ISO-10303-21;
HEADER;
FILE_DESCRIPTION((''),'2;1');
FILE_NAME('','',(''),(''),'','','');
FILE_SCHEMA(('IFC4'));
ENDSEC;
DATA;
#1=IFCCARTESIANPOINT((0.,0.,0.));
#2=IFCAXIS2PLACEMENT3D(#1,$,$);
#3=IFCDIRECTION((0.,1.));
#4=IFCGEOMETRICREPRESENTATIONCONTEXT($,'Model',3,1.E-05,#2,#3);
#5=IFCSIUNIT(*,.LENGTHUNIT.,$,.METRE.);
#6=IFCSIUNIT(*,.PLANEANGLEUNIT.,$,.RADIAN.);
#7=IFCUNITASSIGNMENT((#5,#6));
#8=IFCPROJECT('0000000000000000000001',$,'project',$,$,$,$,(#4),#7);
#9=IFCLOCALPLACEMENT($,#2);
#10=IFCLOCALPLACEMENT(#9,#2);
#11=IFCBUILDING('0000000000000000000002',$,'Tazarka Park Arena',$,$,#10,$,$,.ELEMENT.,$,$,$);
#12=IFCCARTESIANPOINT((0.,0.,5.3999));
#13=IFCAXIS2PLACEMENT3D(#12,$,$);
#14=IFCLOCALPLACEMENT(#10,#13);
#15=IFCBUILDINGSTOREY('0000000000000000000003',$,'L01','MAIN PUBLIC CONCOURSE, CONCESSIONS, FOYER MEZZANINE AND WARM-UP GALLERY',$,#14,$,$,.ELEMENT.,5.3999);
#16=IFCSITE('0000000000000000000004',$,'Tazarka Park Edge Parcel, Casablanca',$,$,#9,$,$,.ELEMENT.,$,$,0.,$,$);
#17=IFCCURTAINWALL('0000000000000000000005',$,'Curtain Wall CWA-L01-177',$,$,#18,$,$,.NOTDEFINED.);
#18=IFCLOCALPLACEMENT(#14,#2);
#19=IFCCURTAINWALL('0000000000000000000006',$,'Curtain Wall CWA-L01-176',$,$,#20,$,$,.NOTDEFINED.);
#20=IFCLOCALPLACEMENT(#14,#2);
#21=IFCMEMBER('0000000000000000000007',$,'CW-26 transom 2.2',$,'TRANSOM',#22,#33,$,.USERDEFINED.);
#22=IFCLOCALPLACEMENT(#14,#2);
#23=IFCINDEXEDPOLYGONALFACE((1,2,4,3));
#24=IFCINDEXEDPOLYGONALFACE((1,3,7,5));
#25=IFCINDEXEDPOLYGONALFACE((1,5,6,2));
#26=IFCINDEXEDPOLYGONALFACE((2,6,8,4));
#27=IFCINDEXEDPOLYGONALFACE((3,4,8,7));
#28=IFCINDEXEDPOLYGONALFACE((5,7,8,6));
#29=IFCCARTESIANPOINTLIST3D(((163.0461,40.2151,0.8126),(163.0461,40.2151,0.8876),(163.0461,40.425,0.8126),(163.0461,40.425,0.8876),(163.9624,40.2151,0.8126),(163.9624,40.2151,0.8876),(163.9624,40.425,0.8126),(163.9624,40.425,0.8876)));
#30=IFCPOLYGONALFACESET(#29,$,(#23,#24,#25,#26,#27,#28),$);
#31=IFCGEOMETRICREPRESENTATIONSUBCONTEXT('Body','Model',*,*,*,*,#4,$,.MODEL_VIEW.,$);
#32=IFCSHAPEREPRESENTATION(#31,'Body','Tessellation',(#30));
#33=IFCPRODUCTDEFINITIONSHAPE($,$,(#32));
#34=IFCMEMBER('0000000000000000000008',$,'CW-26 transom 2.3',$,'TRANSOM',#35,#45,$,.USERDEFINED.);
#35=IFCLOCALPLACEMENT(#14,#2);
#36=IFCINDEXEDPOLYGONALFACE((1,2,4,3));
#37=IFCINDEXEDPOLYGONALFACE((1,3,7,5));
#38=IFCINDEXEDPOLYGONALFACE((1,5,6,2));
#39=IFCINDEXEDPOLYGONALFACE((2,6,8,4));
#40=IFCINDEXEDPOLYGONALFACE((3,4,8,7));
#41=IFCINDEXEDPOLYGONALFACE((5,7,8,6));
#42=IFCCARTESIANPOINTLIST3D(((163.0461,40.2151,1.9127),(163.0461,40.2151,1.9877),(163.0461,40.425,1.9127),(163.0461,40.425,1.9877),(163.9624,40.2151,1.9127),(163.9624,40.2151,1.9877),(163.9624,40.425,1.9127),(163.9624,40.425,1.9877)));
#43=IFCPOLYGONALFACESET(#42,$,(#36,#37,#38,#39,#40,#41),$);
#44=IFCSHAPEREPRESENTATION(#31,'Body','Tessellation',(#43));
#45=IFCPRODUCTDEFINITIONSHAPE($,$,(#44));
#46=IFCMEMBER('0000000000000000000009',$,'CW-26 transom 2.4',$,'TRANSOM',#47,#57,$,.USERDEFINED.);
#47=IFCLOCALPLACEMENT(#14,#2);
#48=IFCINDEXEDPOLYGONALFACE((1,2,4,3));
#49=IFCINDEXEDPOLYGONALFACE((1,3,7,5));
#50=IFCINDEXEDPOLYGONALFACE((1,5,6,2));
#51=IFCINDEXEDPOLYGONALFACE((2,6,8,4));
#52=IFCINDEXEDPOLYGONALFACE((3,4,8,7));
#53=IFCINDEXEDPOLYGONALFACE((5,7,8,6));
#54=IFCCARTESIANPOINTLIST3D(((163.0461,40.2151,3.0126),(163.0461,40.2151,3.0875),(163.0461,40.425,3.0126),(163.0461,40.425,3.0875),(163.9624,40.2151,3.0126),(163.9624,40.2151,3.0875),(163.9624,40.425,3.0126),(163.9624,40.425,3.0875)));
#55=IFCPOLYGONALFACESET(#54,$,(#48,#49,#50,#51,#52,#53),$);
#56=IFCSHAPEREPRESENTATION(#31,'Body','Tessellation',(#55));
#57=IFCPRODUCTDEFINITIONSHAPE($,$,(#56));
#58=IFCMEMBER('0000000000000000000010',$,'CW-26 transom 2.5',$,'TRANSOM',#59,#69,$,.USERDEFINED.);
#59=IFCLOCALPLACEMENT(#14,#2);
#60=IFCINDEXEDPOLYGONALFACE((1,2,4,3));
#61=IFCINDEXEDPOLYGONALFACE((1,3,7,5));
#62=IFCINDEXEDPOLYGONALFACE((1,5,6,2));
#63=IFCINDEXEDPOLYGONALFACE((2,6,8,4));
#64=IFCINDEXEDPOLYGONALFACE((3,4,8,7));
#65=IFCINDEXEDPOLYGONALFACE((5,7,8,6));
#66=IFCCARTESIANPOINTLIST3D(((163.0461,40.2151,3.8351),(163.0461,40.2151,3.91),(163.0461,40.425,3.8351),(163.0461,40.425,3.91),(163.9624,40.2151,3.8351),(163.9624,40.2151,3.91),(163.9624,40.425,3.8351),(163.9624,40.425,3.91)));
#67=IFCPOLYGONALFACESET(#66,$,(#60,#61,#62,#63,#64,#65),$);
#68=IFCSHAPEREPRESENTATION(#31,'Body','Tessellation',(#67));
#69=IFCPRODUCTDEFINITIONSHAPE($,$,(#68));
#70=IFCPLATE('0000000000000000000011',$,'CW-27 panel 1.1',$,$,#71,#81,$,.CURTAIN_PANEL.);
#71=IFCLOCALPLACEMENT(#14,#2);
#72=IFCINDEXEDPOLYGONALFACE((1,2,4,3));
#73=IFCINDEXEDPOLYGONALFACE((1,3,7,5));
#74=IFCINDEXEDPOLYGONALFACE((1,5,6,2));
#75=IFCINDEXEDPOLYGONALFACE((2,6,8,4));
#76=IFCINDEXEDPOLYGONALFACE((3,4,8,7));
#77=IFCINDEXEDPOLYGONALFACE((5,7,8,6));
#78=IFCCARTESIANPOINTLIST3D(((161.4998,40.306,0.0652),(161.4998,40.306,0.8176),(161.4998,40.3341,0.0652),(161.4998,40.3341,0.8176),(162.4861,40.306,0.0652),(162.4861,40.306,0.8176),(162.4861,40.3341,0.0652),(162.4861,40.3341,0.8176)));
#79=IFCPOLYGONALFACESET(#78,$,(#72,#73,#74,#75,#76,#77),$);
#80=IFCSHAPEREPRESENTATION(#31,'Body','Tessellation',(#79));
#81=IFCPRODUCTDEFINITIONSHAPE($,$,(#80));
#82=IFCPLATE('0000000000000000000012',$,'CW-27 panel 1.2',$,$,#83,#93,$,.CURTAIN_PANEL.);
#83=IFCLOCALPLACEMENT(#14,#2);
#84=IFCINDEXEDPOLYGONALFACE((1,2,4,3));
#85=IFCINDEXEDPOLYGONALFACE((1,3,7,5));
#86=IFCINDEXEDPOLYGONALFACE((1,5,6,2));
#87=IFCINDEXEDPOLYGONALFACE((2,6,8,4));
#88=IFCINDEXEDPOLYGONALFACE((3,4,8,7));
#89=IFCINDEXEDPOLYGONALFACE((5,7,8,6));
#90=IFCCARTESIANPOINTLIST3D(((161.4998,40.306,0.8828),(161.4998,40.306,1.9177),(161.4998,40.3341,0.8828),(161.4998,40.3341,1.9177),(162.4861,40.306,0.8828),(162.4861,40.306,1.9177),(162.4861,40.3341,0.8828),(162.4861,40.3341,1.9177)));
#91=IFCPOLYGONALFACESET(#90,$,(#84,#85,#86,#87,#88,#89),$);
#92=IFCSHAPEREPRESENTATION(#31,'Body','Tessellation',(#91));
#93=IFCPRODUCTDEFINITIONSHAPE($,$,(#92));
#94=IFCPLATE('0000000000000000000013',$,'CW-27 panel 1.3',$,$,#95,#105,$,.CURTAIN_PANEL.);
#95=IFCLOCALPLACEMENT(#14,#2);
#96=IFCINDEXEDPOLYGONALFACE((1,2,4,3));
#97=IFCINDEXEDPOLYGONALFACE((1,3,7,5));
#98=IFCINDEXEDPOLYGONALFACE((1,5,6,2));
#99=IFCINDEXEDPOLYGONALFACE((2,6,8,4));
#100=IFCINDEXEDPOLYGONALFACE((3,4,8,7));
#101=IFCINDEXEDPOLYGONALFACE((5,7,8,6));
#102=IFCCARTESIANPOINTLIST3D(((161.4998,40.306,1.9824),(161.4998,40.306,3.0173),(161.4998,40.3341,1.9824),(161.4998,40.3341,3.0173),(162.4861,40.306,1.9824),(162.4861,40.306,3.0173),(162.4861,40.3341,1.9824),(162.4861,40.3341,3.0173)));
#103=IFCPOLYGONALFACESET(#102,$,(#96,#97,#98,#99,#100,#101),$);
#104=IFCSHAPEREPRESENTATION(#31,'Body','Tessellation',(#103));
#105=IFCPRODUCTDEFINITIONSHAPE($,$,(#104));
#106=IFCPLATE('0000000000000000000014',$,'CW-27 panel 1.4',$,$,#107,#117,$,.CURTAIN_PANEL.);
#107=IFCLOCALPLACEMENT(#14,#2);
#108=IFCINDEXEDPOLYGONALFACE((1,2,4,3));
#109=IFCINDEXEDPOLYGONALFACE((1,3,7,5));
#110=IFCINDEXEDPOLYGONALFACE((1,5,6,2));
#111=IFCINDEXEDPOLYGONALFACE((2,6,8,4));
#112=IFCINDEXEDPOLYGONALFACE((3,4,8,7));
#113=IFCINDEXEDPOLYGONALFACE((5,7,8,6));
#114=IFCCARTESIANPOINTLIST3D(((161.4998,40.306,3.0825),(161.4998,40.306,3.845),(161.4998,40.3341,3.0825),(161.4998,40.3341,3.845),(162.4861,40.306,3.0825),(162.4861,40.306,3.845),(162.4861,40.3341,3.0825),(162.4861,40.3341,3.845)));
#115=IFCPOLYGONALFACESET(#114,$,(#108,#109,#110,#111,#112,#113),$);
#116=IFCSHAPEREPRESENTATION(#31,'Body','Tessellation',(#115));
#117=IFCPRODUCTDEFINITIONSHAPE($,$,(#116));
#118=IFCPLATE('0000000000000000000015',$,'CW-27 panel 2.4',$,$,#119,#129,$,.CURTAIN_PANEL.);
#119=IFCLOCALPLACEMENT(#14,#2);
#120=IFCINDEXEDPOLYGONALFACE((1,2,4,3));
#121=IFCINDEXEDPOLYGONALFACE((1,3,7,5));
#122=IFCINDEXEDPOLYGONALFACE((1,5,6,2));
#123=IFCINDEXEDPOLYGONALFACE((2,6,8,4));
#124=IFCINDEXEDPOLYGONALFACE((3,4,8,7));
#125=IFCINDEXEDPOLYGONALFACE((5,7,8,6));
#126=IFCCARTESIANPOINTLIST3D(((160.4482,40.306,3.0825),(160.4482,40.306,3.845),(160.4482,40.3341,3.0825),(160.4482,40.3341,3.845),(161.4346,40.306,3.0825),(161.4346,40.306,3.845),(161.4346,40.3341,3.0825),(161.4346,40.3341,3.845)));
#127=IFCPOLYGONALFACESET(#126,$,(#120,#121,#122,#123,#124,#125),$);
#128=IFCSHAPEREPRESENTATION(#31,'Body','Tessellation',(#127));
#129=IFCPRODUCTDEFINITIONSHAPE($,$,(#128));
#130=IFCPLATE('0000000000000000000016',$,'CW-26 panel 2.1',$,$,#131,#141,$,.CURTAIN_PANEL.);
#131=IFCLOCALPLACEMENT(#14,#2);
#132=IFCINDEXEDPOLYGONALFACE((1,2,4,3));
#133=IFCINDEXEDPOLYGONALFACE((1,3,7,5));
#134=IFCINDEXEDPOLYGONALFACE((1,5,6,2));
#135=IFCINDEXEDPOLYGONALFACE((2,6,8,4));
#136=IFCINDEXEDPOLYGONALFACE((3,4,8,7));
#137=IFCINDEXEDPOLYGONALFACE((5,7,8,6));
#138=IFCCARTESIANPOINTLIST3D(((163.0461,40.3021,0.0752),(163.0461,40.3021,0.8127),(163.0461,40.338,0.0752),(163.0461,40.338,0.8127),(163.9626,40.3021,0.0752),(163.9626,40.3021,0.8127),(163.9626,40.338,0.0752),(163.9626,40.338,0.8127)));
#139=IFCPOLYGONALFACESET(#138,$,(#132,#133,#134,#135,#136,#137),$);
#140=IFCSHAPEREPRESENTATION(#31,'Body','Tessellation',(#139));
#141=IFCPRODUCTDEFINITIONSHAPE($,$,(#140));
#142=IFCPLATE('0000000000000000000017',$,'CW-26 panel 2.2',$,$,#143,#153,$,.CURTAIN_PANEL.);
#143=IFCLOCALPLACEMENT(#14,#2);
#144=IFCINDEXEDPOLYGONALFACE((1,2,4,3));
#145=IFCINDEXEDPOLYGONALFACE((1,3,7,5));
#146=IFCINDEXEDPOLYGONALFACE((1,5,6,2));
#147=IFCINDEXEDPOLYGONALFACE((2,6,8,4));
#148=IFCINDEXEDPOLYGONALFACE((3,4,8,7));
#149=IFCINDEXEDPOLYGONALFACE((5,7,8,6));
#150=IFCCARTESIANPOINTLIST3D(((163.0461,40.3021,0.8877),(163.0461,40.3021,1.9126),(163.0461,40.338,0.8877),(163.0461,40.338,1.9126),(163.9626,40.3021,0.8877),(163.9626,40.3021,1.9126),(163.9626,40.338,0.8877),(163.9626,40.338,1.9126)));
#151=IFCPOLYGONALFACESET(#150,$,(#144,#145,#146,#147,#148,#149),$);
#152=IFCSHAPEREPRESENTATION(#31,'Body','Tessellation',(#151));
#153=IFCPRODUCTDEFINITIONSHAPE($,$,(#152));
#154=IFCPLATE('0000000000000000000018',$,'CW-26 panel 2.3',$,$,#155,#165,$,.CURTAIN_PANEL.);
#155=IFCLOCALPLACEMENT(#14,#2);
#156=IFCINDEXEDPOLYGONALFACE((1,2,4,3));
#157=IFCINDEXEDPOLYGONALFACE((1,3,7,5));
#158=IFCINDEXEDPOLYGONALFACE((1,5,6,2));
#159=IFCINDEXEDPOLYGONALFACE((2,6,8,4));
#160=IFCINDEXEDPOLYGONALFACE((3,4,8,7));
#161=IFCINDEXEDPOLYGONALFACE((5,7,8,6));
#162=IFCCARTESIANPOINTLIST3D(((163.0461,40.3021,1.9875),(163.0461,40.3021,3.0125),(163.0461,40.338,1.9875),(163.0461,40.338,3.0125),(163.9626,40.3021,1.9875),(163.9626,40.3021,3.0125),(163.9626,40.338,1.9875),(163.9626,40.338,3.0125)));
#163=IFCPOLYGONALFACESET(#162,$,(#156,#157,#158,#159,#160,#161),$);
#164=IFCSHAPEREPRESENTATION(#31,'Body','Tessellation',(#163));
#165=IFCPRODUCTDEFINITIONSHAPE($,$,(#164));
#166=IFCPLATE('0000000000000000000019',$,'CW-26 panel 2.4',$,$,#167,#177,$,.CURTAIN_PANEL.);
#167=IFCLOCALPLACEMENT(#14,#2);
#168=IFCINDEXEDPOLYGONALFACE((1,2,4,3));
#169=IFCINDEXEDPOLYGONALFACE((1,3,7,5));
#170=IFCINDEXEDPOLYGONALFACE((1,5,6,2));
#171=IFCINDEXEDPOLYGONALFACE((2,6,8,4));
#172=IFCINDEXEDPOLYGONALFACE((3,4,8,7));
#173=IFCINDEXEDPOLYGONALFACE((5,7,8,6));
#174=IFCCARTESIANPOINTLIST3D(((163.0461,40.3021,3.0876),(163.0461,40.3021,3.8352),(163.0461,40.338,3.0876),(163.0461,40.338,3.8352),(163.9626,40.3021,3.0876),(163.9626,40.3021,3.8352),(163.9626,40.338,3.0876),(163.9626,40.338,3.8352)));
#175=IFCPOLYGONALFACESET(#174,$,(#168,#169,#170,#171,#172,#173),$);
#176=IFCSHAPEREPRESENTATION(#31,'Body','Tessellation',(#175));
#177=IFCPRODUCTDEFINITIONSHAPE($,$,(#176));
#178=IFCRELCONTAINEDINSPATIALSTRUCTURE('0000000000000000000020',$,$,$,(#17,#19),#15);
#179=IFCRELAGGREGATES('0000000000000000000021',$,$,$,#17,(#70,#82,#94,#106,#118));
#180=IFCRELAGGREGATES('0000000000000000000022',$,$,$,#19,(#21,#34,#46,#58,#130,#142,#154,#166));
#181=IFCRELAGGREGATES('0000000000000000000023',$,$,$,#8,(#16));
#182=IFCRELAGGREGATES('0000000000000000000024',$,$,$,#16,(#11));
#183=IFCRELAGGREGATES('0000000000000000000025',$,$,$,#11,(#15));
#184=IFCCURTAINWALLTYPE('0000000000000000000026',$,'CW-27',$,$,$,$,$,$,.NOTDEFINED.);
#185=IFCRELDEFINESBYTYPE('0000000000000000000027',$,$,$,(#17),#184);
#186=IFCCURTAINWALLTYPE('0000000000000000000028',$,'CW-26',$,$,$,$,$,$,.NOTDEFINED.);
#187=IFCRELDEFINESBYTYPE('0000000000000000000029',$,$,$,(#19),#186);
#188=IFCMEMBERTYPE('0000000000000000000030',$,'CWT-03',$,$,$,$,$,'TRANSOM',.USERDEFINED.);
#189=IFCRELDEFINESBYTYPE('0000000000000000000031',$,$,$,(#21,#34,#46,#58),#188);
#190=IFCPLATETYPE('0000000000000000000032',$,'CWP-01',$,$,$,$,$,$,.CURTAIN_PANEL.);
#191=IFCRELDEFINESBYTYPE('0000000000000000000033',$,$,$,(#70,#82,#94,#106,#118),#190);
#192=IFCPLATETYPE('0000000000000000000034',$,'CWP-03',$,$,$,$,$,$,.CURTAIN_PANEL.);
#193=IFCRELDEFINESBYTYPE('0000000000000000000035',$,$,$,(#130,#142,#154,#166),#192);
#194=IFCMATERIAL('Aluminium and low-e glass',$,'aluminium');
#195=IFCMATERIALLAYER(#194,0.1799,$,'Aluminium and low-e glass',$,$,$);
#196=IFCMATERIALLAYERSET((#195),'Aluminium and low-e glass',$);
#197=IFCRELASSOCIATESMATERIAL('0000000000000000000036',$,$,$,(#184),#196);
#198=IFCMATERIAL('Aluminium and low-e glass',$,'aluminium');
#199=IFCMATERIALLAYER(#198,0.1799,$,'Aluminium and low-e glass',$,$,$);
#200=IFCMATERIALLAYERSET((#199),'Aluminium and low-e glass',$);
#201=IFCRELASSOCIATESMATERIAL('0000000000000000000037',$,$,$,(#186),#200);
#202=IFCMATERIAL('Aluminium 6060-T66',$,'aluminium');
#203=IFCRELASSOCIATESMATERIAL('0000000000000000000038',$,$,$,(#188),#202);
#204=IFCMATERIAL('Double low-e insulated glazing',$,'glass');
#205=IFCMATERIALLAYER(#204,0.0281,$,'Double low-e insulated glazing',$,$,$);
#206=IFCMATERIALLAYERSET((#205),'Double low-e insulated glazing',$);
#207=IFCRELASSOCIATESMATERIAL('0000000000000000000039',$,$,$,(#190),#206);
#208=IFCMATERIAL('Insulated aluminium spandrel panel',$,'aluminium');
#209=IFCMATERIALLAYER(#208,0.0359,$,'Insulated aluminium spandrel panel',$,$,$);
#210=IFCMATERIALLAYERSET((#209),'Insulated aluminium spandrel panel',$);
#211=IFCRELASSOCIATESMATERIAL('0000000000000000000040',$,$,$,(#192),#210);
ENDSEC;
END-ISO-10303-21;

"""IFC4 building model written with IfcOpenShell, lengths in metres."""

from ifc_helpers import new_model, si_unit, direction, frame, origin, origin_2d, place, context, subcontext, project, spatial, rectangle, extrude, material, layer, layer_set, material_profile, profile_set, type_object, element, aggregate, save


model = new_model("IFC4")

# Units and contexts
model_context = context("Model", 3, precision=1e-05, world=origin(), true_north=direction((0.0, 1.0)))
body_context = subcontext(model_context, "Body", "Model", "MODEL_VIEW")
ifc_project = project(units=[si_unit("LENGTHUNIT", "METRE"), si_unit("PLANEANGLEUNIT", "RADIAN")], contexts=[model_context])

# Site, building, storey
site_placement = place(None, origin())
site = spatial("IfcSite", under=ifc_project, at=site_placement, Name="Tazarka Park Edge Parcel, Casablanca", CompositionType="ELEMENT", RefElevation=0.0)
building_placement = place(site_placement, origin())
building = spatial("IfcBuilding", under=site, at=building_placement, Name="Tazarka Park Arena", CompositionType="ELEMENT")
storey_placement = place(building_placement, frame((0.0, 0.0, 5.3999)))
storey = spatial("IfcBuildingStorey", under=building, at=storey_placement, Name="L01", Description="MAIN PUBLIC CONCOURSE, CONCESSIONS, FOYER MEZZANINE AND WARM-UP GALLERY", CompositionType="ELEMENT", Elevation=5.3999)

# Curtain wall
ifc_material_1 = material(Name="Aluminium and low-e glass", Category="aluminium")
ifc_layer_1 = layer(ifc_material_1, 0.1799, Name="Aluminium and low-e glass")
ifc_layer_set_1 = layer_set([ifc_layer_1], Name="Aluminium and low-e glass")
curtain_wall_type_1 = type_object("IfcCurtainWallType", Name="CW-27", PredefinedType="NOTDEFINED", material=ifc_layer_set_1)
curtain_wall_1_placement = place(storey_placement, origin())
curtain_wall_1 = element("IfcCurtainWall", 1, at=curtain_wall_1_placement, inside=storey, type_object=curtain_wall_type_1, Name="Curtain Wall CWA-L01-177", PredefinedType="NOTDEFINED")

# Curtain wall
ifc_material_2 = material(Name="Aluminium and low-e glass", Category="aluminium")
ifc_layer_2 = layer(ifc_material_2, 0.1799, Name="Aluminium and low-e glass")
ifc_layer_set_2 = layer_set([ifc_layer_2], Name="Aluminium and low-e glass")
curtain_wall_type_2 = type_object("IfcCurtainWallType", Name="CW-26", PredefinedType="NOTDEFINED", material=ifc_layer_set_2)
curtain_wall_2_placement = place(storey_placement, origin())
curtain_wall_2 = element("IfcCurtainWall", 2, at=curtain_wall_2_placement, inside=storey, type_object=curtain_wall_type_2, Name="Curtain Wall CWA-L01-176", PredefinedType="NOTDEFINED")

# Members
ifc_material_3 = material(Name="Aluminium 6060-T66", Category="aluminium")
ifc_material_profile_1 = material_profile(ifc_material_3, rectangle(XDim=0.21, YDim=0.075, at=origin_2d()), Name="Aluminium 6060-T66")
ifc_profile_set_1 = profile_set([ifc_material_profile_1], Name="Aluminium 6060-T66")
member_type_1 = type_object("IfcMemberType", Name="CWT-03", ElementType="TRANSOM", PredefinedType="USERDEFINED", material=ifc_profile_set_1)
member_1_placement = place(storey_placement, frame((163.9624, 40.3201, 0.8501), z_axis=(-1.0, 0.0, 0.0), x_axis=(0.0, -1.0, 0.0)))
member_1 = element("IfcMember", 3, at=member_1_placement, type_object=member_type_1, Name="CW-26 transom 2.2", ObjectType="TRANSOM", PredefinedType="USERDEFINED", context=body_context, shape_type="SweptSolid", body=[
    extrude(rectangle(XDim=0.21, YDim=0.075, at=origin_2d()), origin(), (0.0, 0.0, 1.0), 0.9163),
])
member_2_placement = place(storey_placement, frame((163.9624, 40.3201, 1.9502), z_axis=(-1.0, 0.0, 0.0), x_axis=(0.0, -1.0, 0.0)))
member_2 = element("IfcMember", 4, at=member_2_placement, type_object=member_type_1, Name="CW-26 transom 2.3", ObjectType="TRANSOM", PredefinedType="USERDEFINED", context=body_context, shape_type="SweptSolid", body=[
    extrude(rectangle(XDim=0.21, YDim=0.075, at=origin_2d()), origin(), (0.0, 0.0, 1.0), 0.9163),
])
member_3_placement = place(storey_placement, frame((163.9624, 40.3201, 3.05), z_axis=(-1.0, 0.0, 0.0), x_axis=(0.0, -1.0, 0.0)))
member_3 = element("IfcMember", 5, at=member_3_placement, type_object=member_type_1, Name="CW-26 transom 2.4", ObjectType="TRANSOM", PredefinedType="USERDEFINED", context=body_context, shape_type="SweptSolid", body=[
    extrude(rectangle(XDim=0.21, YDim=0.075, at=origin_2d()), origin(), (0.0, 0.0, 1.0), 0.9163),
])
member_4_placement = place(storey_placement, frame((163.9624, 40.3201, 3.8726), z_axis=(-1.0, 0.0, 0.0), x_axis=(0.0, -1.0, 0.0)))
member_4 = element("IfcMember", 6, at=member_4_placement, type_object=member_type_1, Name="CW-26 transom 2.5", ObjectType="TRANSOM", PredefinedType="USERDEFINED", context=body_context, shape_type="SweptSolid", body=[
    extrude(rectangle(XDim=0.21, YDim=0.075, at=origin_2d()), origin(), (0.0, 0.0, 1.0), 0.9163),
])

# Plates
ifc_material_4 = material(Name="Double low-e insulated glazing", Category="glass")
ifc_layer_3 = layer(ifc_material_4, 0.0281, Name="Double low-e insulated glazing")
ifc_layer_set_3 = layer_set([ifc_layer_3], Name="Double low-e insulated glazing")
plate_type_1 = type_object("IfcPlateType", Name="CWP-01", PredefinedType="CURTAIN_PANEL", material=ifc_layer_set_3)
plate_1_placement = place(storey_placement, frame((161.9929, 40.3201, 0.0652), z_axis=(0.0, 0.0, 1.0), x_axis=(-1.0, 0.0, 0.0)))
plate_1 = element("IfcPlate", 7, at=plate_1_placement, type_object=plate_type_1, Name="CW-27 panel 1.1", PredefinedType="CURTAIN_PANEL", context=body_context, shape_type="SweptSolid", body=[
    extrude(rectangle(XDim=0.9863, YDim=0.0281, at=origin_2d()), origin(), (0.0, 0.0, 1.0), 0.7524),
])
plate_2_placement = place(storey_placement, frame((161.9929, 40.3201, 0.8828), z_axis=(0.0, 0.0, 1.0), x_axis=(-1.0, 0.0, 0.0)))
plate_2 = element("IfcPlate", 8, at=plate_2_placement, type_object=plate_type_1, Name="CW-27 panel 1.2", PredefinedType="CURTAIN_PANEL", context=body_context, shape_type="SweptSolid", body=[
    extrude(rectangle(XDim=0.9863, YDim=0.0281, at=origin_2d()), origin(), (0.0, 0.0, 1.0), 1.0349),
])
plate_3_placement = place(storey_placement, frame((161.9929, 40.3201, 1.9824), z_axis=(0.0, 0.0, 1.0), x_axis=(-1.0, 0.0, 0.0)))
plate_3 = element("IfcPlate", 9, at=plate_3_placement, type_object=plate_type_1, Name="CW-27 panel 1.3", PredefinedType="CURTAIN_PANEL", context=body_context, shape_type="SweptSolid", body=[
    extrude(rectangle(XDim=0.9863, YDim=0.0281, at=origin_2d()), origin(), (0.0, 0.0, 1.0), 1.0349),
])
plate_4_placement = place(storey_placement, frame((161.9929, 40.3201, 3.0825), z_axis=(0.0, 0.0, 1.0), x_axis=(-1.0, 0.0, 0.0)))
plate_4 = element("IfcPlate", 10, at=plate_4_placement, type_object=plate_type_1, Name="CW-27 panel 1.4", PredefinedType="CURTAIN_PANEL", context=body_context, shape_type="SweptSolid", body=[
    extrude(rectangle(XDim=0.9863, YDim=0.0281, at=origin_2d()), origin(), (0.0, 0.0, 1.0), 0.7625),
])
plate_5_placement = place(storey_placement, frame((160.9414, 40.3201, 3.0825), z_axis=(0.0, 0.0, 1.0), x_axis=(-1.0, 0.0, 0.0)))
plate_5 = element("IfcPlate", 11, at=plate_5_placement, type_object=plate_type_1, Name="CW-27 panel 2.4", PredefinedType="CURTAIN_PANEL", context=body_context, shape_type="SweptSolid", body=[
    extrude(rectangle(XDim=0.9863, YDim=0.0281, at=origin_2d()), origin(), (0.0, 0.0, 1.0), 0.7625),
])
aggregate(curtain_wall_1, [plate_1, plate_2, plate_3, plate_4, plate_5])
ifc_material_5 = material(Name="Insulated aluminium spandrel panel", Category="aluminium")
ifc_layer_4 = layer(ifc_material_5, 0.0359, Name="Insulated aluminium spandrel panel")
ifc_layer_set_4 = layer_set([ifc_layer_4], Name="Insulated aluminium spandrel panel")
plate_type_2 = type_object("IfcPlateType", Name="CWP-03", PredefinedType="CURTAIN_PANEL", material=ifc_layer_set_4)
plate_6_placement = place(storey_placement, frame((163.5044, 40.3201, 0.0752), z_axis=(0.0, 0.0, 1.0), x_axis=(-1.0, 0.0, 0.0)))
plate_6 = element("IfcPlate", 12, at=plate_6_placement, type_object=plate_type_2, Name="CW-26 panel 2.1", PredefinedType="CURTAIN_PANEL", context=body_context, shape_type="SweptSolid", body=[
    extrude(rectangle(XDim=0.9165, YDim=0.0359, at=origin_2d()), origin(), (0.0, 0.0, 1.0), 0.7375),
])
plate_7_placement = place(storey_placement, frame((163.5044, 40.3201, 0.8877), z_axis=(0.0, 0.0, 1.0), x_axis=(-1.0, 0.0, 0.0)))
plate_7 = element("IfcPlate", 13, at=plate_7_placement, type_object=plate_type_2, Name="CW-26 panel 2.2", PredefinedType="CURTAIN_PANEL", context=body_context, shape_type="SweptSolid", body=[
    extrude(rectangle(XDim=0.9165, YDim=0.0359, at=origin_2d()), origin(), (0.0, 0.0, 1.0), 1.0249),
])
plate_8_placement = place(storey_placement, frame((163.5044, 40.3201, 1.9875), z_axis=(0.0, 0.0, 1.0), x_axis=(-1.0, 0.0, 0.0)))
plate_8 = element("IfcPlate", 14, at=plate_8_placement, type_object=plate_type_2, Name="CW-26 panel 2.3", PredefinedType="CURTAIN_PANEL", context=body_context, shape_type="SweptSolid", body=[
    extrude(rectangle(XDim=0.9165, YDim=0.0359, at=origin_2d()), origin(), (0.0, 0.0, 1.0), 1.0249),
])
plate_9_placement = place(storey_placement, frame((163.5044, 40.3201, 3.0876), z_axis=(0.0, 0.0, 1.0), x_axis=(-1.0, 0.0, 0.0)))
plate_9 = element("IfcPlate", 15, at=plate_9_placement, type_object=plate_type_2, Name="CW-26 panel 2.4", PredefinedType="CURTAIN_PANEL", context=body_context, shape_type="SweptSolid", body=[
    extrude(rectangle(XDim=0.9165, YDim=0.0359, at=origin_2d()), origin(), (0.0, 0.0, 1.0), 0.7476),
])
aggregate(curtain_wall_2, [member_1, member_2, member_3, member_4, plate_6, plate_7, plate_8, plate_9])

save(model, "model.ifc")
